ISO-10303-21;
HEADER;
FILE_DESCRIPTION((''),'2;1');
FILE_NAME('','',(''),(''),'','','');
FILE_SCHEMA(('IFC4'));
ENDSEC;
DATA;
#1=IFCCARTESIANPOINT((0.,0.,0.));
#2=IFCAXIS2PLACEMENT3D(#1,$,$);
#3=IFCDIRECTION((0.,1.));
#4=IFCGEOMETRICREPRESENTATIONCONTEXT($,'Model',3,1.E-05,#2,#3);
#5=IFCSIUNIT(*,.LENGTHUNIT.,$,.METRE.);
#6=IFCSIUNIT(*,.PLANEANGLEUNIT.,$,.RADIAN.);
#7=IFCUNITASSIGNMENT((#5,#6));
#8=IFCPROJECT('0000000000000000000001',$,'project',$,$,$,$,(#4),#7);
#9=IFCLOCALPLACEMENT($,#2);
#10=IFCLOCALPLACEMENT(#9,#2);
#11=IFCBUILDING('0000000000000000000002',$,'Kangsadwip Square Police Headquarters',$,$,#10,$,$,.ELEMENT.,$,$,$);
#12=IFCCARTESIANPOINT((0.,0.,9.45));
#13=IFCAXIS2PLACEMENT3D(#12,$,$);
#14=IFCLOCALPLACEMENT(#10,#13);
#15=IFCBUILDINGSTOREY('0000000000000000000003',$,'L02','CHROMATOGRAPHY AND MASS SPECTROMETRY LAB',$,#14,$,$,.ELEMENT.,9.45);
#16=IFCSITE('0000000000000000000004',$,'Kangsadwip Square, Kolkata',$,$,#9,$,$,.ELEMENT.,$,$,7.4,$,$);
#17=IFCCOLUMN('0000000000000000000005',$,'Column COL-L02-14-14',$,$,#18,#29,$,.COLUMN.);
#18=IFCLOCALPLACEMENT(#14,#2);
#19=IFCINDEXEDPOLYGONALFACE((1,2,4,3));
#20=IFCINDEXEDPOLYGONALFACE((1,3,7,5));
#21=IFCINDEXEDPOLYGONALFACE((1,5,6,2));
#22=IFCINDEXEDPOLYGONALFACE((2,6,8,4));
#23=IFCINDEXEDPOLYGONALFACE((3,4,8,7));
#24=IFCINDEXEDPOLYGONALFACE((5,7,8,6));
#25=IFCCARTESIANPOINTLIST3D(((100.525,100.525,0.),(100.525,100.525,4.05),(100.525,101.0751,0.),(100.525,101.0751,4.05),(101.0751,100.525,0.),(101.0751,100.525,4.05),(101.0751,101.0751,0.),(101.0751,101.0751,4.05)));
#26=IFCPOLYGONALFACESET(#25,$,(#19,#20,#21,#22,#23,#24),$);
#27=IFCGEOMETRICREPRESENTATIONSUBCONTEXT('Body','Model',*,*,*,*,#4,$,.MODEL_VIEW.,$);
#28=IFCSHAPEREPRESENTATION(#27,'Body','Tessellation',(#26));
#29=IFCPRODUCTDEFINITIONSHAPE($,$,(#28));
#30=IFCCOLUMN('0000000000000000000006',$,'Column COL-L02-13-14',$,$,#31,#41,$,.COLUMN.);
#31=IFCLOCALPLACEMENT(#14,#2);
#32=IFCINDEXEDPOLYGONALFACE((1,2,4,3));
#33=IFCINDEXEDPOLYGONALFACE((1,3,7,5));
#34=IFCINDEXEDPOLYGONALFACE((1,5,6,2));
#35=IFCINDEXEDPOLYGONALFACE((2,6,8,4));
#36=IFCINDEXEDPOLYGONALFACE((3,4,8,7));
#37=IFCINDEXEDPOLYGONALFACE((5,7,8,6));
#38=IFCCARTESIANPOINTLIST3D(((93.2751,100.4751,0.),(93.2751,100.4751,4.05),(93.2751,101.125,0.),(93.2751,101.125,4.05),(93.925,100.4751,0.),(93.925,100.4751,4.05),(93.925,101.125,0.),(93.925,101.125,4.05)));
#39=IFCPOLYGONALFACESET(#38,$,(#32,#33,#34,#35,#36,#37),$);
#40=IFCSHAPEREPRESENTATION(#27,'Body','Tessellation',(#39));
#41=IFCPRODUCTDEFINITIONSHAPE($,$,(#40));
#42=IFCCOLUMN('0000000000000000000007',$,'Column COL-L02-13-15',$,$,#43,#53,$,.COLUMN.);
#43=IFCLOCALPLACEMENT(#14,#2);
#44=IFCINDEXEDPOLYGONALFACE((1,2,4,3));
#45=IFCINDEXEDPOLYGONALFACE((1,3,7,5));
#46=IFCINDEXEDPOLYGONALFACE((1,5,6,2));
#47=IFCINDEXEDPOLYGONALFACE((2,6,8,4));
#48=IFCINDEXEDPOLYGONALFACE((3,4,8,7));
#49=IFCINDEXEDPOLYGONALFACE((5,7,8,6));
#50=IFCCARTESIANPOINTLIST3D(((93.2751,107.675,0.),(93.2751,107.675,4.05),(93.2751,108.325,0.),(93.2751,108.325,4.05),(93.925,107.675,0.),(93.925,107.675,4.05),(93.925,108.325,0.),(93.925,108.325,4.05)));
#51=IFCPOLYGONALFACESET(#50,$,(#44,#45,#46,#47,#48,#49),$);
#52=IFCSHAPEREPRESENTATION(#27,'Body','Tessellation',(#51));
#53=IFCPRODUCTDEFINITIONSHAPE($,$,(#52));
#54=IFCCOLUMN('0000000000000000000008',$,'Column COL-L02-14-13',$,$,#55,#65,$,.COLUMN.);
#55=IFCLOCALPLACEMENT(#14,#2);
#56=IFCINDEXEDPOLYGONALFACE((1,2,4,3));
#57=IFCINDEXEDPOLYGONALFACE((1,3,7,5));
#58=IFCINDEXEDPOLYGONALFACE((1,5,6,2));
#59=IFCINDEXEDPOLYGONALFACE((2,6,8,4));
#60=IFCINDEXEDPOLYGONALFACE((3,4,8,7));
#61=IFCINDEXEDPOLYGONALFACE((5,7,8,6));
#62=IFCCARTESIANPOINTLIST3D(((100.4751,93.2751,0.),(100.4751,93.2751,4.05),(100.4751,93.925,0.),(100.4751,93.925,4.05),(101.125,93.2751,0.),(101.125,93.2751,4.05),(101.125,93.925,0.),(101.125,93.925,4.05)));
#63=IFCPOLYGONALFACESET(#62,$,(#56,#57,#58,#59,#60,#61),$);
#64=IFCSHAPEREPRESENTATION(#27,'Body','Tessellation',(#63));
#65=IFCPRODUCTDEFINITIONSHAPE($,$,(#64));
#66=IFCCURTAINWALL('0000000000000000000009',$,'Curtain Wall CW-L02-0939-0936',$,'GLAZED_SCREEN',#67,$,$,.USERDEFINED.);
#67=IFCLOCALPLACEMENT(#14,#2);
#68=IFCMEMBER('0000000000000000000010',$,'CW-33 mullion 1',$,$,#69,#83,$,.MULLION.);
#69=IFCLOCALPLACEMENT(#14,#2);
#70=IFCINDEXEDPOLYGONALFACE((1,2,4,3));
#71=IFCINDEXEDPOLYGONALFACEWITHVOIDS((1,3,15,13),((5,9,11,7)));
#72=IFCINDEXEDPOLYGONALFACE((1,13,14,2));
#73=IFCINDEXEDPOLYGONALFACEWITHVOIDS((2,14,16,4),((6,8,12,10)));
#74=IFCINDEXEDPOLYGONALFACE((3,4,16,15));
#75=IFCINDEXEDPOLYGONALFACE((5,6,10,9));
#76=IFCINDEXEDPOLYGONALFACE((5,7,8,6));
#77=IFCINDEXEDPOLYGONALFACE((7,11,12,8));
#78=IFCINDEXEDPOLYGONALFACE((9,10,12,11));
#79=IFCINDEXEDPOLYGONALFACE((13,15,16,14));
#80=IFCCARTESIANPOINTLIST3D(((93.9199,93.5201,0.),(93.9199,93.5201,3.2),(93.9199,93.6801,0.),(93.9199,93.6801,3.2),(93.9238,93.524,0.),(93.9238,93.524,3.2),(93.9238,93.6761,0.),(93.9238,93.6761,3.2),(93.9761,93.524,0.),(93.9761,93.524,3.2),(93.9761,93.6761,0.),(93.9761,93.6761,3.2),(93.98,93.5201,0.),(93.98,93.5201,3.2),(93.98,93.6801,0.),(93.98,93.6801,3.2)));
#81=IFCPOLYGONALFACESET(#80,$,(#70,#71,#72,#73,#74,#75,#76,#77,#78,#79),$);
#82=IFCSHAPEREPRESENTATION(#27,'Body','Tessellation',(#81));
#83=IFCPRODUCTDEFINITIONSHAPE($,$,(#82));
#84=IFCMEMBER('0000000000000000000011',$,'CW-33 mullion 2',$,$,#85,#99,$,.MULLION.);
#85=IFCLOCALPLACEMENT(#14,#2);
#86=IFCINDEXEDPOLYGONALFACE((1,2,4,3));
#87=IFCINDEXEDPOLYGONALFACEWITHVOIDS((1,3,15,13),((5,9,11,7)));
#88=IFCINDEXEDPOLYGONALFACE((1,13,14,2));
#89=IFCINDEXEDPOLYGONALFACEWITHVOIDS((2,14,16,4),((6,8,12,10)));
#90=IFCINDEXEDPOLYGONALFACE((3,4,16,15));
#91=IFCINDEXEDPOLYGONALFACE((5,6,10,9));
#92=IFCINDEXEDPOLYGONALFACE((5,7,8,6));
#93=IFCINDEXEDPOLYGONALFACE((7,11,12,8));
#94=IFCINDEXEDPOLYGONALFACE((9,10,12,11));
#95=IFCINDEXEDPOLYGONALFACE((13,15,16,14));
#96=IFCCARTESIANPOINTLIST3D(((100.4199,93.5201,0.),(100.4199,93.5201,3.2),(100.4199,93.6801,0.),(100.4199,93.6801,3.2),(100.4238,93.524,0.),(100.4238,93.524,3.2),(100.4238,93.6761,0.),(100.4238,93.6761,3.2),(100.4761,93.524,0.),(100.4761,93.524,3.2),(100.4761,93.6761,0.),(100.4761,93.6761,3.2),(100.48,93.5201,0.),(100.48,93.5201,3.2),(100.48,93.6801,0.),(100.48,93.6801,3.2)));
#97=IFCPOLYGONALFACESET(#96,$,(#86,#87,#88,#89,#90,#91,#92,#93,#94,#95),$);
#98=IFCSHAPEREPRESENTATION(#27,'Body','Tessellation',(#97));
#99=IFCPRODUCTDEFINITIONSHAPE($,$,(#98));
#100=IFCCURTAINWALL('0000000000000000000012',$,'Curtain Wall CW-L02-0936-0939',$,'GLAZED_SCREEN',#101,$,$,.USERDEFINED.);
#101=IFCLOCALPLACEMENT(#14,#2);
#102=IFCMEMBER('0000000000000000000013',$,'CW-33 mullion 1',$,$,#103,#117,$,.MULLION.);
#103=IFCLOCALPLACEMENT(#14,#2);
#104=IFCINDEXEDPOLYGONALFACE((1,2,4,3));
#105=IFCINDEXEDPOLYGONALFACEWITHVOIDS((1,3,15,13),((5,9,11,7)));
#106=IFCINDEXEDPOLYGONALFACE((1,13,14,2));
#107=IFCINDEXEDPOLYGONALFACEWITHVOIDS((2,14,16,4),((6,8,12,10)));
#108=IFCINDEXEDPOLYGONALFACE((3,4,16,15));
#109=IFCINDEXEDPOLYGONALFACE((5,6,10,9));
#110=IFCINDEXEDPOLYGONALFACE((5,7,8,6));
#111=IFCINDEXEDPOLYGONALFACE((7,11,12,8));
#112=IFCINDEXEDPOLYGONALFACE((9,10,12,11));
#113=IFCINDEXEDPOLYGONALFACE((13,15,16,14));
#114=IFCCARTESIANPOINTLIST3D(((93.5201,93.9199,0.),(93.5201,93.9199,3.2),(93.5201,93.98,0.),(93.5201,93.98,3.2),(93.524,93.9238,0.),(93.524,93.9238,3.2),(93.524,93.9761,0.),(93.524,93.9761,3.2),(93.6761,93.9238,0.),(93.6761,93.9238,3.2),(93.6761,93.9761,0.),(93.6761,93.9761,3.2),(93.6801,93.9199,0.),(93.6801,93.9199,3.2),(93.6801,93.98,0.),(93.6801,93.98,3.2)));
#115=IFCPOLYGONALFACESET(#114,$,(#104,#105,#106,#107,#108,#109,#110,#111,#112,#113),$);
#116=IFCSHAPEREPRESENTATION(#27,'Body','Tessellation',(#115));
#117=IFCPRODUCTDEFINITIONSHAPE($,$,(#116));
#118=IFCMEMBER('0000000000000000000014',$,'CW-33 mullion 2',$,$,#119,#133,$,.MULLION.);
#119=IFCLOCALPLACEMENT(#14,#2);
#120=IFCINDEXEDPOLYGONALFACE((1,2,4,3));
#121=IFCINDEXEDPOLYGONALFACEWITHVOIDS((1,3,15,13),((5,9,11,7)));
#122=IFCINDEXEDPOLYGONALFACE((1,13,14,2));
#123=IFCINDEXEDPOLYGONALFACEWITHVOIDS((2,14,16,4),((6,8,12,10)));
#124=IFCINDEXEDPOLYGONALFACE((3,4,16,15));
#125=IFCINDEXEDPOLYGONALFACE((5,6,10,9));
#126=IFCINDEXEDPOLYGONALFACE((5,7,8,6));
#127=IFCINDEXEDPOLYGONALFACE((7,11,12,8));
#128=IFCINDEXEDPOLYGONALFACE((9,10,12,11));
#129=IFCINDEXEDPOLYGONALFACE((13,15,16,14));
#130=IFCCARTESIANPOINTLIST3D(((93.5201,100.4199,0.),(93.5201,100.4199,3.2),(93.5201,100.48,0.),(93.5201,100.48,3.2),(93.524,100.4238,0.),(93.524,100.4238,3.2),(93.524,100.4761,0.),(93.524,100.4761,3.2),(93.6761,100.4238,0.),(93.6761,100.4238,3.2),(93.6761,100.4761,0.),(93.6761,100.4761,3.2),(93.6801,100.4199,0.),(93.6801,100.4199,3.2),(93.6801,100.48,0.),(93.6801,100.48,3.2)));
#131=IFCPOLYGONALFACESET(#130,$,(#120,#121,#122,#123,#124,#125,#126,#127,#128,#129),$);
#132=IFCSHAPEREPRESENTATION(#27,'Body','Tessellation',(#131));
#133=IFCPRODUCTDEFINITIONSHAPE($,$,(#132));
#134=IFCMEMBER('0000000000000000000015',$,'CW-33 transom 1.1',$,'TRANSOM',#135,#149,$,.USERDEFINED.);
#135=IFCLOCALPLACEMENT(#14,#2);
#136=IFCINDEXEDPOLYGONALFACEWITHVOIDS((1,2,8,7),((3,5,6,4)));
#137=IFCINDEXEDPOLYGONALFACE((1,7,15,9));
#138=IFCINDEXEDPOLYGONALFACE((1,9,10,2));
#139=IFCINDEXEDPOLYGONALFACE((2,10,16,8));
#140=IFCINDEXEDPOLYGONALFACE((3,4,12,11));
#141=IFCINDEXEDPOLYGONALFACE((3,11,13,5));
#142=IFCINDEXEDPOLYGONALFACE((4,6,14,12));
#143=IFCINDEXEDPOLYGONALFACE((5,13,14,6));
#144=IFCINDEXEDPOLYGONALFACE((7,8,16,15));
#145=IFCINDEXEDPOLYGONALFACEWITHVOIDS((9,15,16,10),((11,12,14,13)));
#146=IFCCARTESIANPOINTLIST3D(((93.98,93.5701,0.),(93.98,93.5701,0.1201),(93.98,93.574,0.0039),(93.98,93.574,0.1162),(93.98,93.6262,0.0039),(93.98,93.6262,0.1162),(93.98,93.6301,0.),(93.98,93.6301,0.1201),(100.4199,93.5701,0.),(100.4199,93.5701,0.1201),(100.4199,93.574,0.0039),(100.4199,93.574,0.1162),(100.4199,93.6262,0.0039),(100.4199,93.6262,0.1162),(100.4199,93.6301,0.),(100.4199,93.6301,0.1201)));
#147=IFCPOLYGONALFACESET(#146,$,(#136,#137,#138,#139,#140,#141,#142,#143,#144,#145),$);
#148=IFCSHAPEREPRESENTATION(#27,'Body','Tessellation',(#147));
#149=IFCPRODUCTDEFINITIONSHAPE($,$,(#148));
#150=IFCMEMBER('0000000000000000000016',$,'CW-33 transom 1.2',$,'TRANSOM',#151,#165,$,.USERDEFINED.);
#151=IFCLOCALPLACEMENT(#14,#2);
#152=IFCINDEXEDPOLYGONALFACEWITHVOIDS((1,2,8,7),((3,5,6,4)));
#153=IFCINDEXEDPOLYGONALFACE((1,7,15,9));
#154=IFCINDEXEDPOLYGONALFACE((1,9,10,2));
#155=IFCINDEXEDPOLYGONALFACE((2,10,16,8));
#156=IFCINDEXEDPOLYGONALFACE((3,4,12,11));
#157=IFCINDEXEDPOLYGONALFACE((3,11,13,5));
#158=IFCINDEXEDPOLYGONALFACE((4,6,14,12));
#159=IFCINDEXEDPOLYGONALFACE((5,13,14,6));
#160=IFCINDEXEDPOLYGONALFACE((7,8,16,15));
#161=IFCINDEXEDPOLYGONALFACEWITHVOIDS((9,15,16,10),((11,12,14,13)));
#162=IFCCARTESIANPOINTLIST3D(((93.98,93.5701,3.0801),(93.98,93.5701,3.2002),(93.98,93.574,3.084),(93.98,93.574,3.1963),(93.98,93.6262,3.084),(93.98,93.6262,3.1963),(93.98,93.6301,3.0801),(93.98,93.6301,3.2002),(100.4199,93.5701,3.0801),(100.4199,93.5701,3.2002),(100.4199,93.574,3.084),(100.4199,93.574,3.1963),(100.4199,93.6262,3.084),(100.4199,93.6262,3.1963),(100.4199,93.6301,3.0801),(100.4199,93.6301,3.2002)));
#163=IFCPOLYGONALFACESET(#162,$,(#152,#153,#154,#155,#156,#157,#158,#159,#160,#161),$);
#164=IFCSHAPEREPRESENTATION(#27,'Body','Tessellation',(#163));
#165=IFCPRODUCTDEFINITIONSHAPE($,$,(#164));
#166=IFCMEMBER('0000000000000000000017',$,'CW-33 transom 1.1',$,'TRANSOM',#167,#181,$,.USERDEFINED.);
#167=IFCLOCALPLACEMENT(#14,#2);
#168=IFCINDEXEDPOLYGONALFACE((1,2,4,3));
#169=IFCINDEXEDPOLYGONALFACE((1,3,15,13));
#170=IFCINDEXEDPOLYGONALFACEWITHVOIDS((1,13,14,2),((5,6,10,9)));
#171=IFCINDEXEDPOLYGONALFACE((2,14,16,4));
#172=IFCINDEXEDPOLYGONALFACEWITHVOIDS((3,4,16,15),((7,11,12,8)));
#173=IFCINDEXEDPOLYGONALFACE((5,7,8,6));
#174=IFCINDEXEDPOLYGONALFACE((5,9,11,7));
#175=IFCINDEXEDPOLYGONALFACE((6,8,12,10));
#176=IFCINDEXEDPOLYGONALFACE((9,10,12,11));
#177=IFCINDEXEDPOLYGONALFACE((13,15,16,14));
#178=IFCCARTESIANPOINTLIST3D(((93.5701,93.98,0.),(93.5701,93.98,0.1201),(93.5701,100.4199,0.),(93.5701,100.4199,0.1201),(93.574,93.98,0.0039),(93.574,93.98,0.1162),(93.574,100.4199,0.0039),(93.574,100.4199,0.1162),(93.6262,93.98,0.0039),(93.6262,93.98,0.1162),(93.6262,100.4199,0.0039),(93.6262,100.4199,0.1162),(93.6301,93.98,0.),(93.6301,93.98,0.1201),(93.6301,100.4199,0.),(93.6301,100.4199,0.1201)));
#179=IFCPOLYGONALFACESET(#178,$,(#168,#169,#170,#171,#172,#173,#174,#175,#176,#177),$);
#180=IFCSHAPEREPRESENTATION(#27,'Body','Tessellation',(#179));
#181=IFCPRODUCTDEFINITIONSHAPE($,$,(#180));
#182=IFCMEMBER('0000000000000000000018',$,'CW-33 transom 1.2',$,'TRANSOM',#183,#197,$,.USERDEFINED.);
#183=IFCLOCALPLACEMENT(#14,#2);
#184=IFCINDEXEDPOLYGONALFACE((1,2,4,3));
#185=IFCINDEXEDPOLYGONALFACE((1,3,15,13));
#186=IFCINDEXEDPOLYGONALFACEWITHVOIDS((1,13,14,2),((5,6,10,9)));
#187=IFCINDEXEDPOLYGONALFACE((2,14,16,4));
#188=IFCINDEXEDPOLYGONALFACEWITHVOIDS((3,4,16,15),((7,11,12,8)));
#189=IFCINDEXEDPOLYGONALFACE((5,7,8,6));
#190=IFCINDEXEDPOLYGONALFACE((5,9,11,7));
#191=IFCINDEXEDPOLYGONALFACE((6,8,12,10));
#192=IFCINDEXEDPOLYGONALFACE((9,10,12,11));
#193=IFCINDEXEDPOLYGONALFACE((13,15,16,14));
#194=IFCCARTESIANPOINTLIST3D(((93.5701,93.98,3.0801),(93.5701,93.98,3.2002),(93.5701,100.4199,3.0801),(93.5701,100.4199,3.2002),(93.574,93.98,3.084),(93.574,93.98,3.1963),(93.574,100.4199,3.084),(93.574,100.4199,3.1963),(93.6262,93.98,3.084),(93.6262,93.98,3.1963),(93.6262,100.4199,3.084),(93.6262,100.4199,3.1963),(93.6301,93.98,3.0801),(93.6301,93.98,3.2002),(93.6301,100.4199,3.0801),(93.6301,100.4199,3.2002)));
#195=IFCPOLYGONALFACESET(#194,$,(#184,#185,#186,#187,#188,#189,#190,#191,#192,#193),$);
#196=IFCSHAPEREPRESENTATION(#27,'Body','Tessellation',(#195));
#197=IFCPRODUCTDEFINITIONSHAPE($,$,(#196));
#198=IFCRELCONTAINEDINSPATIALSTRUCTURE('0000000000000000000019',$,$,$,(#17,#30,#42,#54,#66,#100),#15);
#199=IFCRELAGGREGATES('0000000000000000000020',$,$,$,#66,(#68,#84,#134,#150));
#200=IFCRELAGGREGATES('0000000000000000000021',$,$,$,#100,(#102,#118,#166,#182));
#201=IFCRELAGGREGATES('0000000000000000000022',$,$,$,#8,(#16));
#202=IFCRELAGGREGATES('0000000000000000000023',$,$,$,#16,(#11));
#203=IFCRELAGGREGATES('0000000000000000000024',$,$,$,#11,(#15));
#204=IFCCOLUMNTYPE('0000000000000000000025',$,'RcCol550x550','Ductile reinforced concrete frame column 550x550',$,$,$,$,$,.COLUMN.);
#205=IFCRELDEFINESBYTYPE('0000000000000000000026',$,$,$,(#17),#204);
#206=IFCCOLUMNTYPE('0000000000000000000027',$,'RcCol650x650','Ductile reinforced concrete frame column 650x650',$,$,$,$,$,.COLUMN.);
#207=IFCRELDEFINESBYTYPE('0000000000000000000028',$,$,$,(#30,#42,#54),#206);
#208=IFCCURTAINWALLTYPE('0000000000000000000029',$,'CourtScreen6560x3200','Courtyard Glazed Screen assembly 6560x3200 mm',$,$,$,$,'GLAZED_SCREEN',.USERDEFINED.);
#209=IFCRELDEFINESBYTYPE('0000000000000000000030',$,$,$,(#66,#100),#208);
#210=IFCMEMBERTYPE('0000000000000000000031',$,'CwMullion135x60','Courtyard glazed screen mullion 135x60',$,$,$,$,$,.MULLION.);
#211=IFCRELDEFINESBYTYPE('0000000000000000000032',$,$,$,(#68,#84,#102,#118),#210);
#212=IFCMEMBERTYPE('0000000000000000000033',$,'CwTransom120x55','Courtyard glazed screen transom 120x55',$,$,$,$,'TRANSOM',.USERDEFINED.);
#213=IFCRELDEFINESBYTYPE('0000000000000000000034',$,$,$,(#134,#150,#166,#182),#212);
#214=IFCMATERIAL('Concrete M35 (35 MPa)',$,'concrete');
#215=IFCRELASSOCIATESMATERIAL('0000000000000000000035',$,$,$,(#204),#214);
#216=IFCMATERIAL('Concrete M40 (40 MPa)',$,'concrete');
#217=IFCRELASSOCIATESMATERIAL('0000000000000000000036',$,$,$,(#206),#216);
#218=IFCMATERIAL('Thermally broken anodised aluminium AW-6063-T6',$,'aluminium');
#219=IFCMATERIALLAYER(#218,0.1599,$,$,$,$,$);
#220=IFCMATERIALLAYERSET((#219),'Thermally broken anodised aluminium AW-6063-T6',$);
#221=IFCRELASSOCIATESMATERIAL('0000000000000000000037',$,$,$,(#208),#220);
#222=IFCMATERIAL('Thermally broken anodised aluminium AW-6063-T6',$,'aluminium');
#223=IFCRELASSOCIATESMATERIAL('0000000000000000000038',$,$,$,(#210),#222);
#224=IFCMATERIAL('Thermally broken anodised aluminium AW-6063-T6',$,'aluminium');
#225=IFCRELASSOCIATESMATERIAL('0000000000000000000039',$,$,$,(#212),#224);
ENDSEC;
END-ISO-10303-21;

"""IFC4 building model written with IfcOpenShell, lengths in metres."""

from ifc_helpers import new_model, si_unit, direction, frame, origin, origin_2d, place, context, subcontext, project, spatial, rectangle, hollow_rectangle, extrude, material, layer, layer_set, material_profile, profile_set, type_object, element, aggregate, save


model = new_model("IFC4")

# Units and contexts
model_context = context("Model", 3, precision=1e-05, world=origin(), true_north=direction((0.0, 1.0)))
body_context = subcontext(model_context, "Body", "Model", "MODEL_VIEW")
ifc_project = project(units=[si_unit("LENGTHUNIT", "METRE"), si_unit("PLANEANGLEUNIT", "RADIAN")], contexts=[model_context])

# Site, building, storey
site_placement = place(None, origin())
site = spatial("IfcSite", under=ifc_project, at=site_placement, Name="Kangsadwip Square, Kolkata", CompositionType="ELEMENT", RefElevation=7.4)
building_placement = place(site_placement, origin())
building = spatial("IfcBuilding", under=site, at=building_placement, Name="Kangsadwip Square Police Headquarters", CompositionType="ELEMENT")
storey_placement = place(building_placement, frame((0.0, 0.0, 9.45)))
storey = spatial("IfcBuildingStorey", under=building, at=storey_placement, Name="L02", Description="CHROMATOGRAPHY AND MASS SPECTROMETRY LAB", CompositionType="ELEMENT", Elevation=9.45)

# Columns
ifc_material_1 = material(Name="Concrete M35 (35 MPa)", Category="concrete")
ifc_material_profile_1 = material_profile(ifc_material_1, rectangle(XDim=0.55, YDim=0.55, at=origin_2d()), Name="RC COL 550X550")
ifc_profile_set_1 = profile_set([ifc_material_profile_1], Name="Concrete M35 (35 MPa)")
column_type_1 = type_object("IfcColumnType", Name="RcCol550x550", Description="Ductile reinforced concrete frame column 550x550", PredefinedType="COLUMN", material=ifc_profile_set_1)
column_placement = place(storey_placement, frame((100.8, 100.8, 0.0), z_axis=(0.0, 0.0, 1.0), x_axis=(1.0, 0.0, 0.0)))
element("IfcColumn", 1, at=column_placement, inside=storey, type_object=column_type_1, Name="Column COL-L02-14-14", PredefinedType="COLUMN", context=body_context, shape_type="SweptSolid", body=[
    extrude(rectangle(XDim=0.55, YDim=0.55, at=origin_2d()), origin(), (0.0, 0.0, 1.0), 4.05),
])
ifc_material_2 = material(Name="Concrete M40 (40 MPa)", Category="concrete")
ifc_material_profile_2 = material_profile(ifc_material_2, rectangle(XDim=0.6499, YDim=0.6499, at=origin_2d()), Name="RC COL 650X650")
ifc_profile_set_2 = profile_set([ifc_material_profile_2], Name="Concrete M40 (40 MPa)")
column_type_2 = type_object("IfcColumnType", Name="RcCol650x650", Description="Ductile reinforced concrete frame column 650x650", PredefinedType="COLUMN", material=ifc_profile_set_2)
for number, where, z_axis, x_axis, name in (
    (2, (93.6001, 100.8, 0.0), (0.0, 0.0, 1.0), (1.0, 0.0, 0.0), "Column COL-L02-13-14"),
    (3, (93.6001, 108.0, 0.0), (0.0, 0.0, 1.0), (1.0, 0.0, 0.0), "Column COL-L02-13-15"),
    (4, (100.8, 93.6001, 0.0), (0.0, 0.0, 1.0), (1.0, 0.0, 0.0), "Column COL-L02-14-13"),
):
    element("IfcColumn", number, at=place(storey_placement, frame(where, z_axis=z_axis, x_axis=x_axis)), inside=storey, type_object=column_type_2, Name=name, PredefinedType="COLUMN", context=body_context, shape_type="SweptSolid", body=[
        extrude(rectangle(XDim=0.6499, YDim=0.6499, at=origin_2d()), origin(), (0.0, 0.0, 1.0), 4.05),
    ])

# Curtain walls, members
ifc_material_3 = material(Name="Thermally broken anodised aluminium AW-6063-T6", Category="aluminium")
ifc_layer_1 = layer(ifc_material_3, 0.1599)
ifc_layer_set_1 = layer_set([ifc_layer_1], Name="Thermally broken anodised aluminium AW-6063-T6")
curtain_wall_type = type_object("IfcCurtainWallType", Name="CourtScreen6560x3200", Description="Courtyard Glazed Screen assembly 6560x3200 mm", ElementType="GLAZED_SCREEN", PredefinedType="USERDEFINED", material=ifc_layer_set_1)
curtain_wall_1_placement = place(storey_placement, origin())
curtain_wall_1 = element("IfcCurtainWall", 5, at=curtain_wall_1_placement, inside=storey, type_object=curtain_wall_type, Name="Curtain Wall CW-L02-0939-0936", ObjectType="GLAZED_SCREEN", PredefinedType="USERDEFINED")
ifc_material_4 = material(Name="Thermally broken anodised aluminium AW-6063-T6", Category="aluminium")
ifc_material_profile_3 = material_profile(ifc_material_4, hollow_rectangle(XDim=0.0601, YDim=0.1599, WallThickness=0.0039, at=origin_2d()), Name="CWM 160X60X4")
ifc_profile_set_3 = profile_set([ifc_material_profile_3], Name="Thermally broken anodised aluminium AW-6063-T6")
member_type_1 = type_object("IfcMemberType", Name="CwMullion135x60", Description="Courtyard glazed screen mullion 135x60", PredefinedType="MULLION", material=ifc_profile_set_3)
member_1_placement = place(storey_placement, frame((93.95, 93.6001, 0.0), z_axis=(0.0, 0.0, 1.0), x_axis=(1.0, 0.0, 0.0)))
member_1 = element("IfcMember", 6, at=member_1_placement, type_object=member_type_1, Name="CW-33 mullion 1", PredefinedType="MULLION", context=body_context, shape_type="SweptSolid", body=[
    extrude(hollow_rectangle(XDim=0.0601, YDim=0.1599, WallThickness=0.0039, at=origin_2d()), origin(), (0.0, 0.0, 1.0), 3.2),
])
member_2_placement = place(storey_placement, frame((100.45, 93.6001, 0.0), z_axis=(0.0, 0.0, 1.0), x_axis=(1.0, 0.0, 0.0)))
member_2 = element("IfcMember", 7, at=member_2_placement, type_object=member_type_1, Name="CW-33 mullion 2", PredefinedType="MULLION", context=body_context, shape_type="SweptSolid", body=[
    extrude(hollow_rectangle(XDim=0.0601, YDim=0.1599, WallThickness=0.0039, at=origin_2d()), origin(), (0.0, 0.0, 1.0), 3.2),
])
curtain_wall_2_placement = place(storey_placement, origin())
curtain_wall_2 = element("IfcCurtainWall", 8, at=curtain_wall_2_placement, inside=storey, type_object=curtain_wall_type, Name="Curtain Wall CW-L02-0936-0939", ObjectType="GLAZED_SCREEN", PredefinedType="USERDEFINED")
member_3_placement = place(storey_placement, frame((93.6001, 93.95, 0.0), z_axis=(0.0, 0.0, 1.0), x_axis=(0.0, 1.0, 0.0)))
member_3 = element("IfcMember", 9, at=member_3_placement, type_object=member_type_1, Name="CW-33 mullion 1", PredefinedType="MULLION", context=body_context, shape_type="SweptSolid", body=[
    extrude(hollow_rectangle(XDim=0.0601, YDim=0.1599, WallThickness=0.0039, at=origin_2d()), origin(), (0.0, 0.0, 1.0), 3.2),
])
member_4_placement = place(storey_placement, frame((93.6001, 100.45, 0.0), z_axis=(0.0, 0.0, 1.0), x_axis=(0.0, 1.0, 0.0)))
member_4 = element("IfcMember", 10, at=member_4_placement, type_object=member_type_1, Name="CW-33 mullion 2", PredefinedType="MULLION", context=body_context, shape_type="SweptSolid", body=[
    extrude(hollow_rectangle(XDim=0.0601, YDim=0.1599, WallThickness=0.0039, at=origin_2d()), origin(), (0.0, 0.0, 1.0), 3.2),
])

# Members
ifc_material_5 = material(Name="Thermally broken anodised aluminium AW-6063-T6", Category="aluminium")
ifc_material_profile_4 = material_profile(ifc_material_5, hollow_rectangle(XDim=0.0601, YDim=0.1201, WallThickness=0.0039, at=origin_2d()), Name="CWT 120X60X4")
ifc_profile_set_4 = profile_set([ifc_material_profile_4], Name="Thermally broken anodised aluminium AW-6063-T6")
member_type_2 = type_object("IfcMemberType", Name="CwTransom120x55", Description="Courtyard glazed screen transom 120x55", ElementType="TRANSOM", PredefinedType="USERDEFINED", material=ifc_profile_set_4)
member_5_placement = place(storey_placement, frame((93.98, 93.6001, 0.0601), z_axis=(1.0, 0.0, 0.0), x_axis=(0.0, 1.0, 0.0)))
member_5 = element("IfcMember", 11, at=member_5_placement, type_object=member_type_2, Name="CW-33 transom 1.1", ObjectType="TRANSOM", PredefinedType="USERDEFINED", context=body_context, shape_type="SweptSolid", body=[
    extrude(hollow_rectangle(XDim=0.0601, YDim=0.1201, WallThickness=0.0039, at=origin_2d()), origin(), (0.0, 0.0, 1.0), 6.4399),
])
member_6_placement = place(storey_placement, frame((93.98, 93.6001, 3.1401), z_axis=(1.0, 0.0, 0.0), x_axis=(0.0, 1.0, 0.0)))
member_6 = element("IfcMember", 12, at=member_6_placement, type_object=member_type_2, Name="CW-33 transom 1.2", ObjectType="TRANSOM", PredefinedType="USERDEFINED", context=body_context, shape_type="SweptSolid", body=[
    extrude(hollow_rectangle(XDim=0.0601, YDim=0.1201, WallThickness=0.0039, at=origin_2d()), origin(), (0.0, 0.0, 1.0), 6.4399),
])
member_7_placement = place(storey_placement, frame((93.6001, 93.98, 0.0601), z_axis=(0.0, 1.0, 0.0), x_axis=(-1.0, 0.0, 0.0)))
member_7 = element("IfcMember", 13, at=member_7_placement, type_object=member_type_2, Name="CW-33 transom 1.1", ObjectType="TRANSOM", PredefinedType="USERDEFINED", context=body_context, shape_type="SweptSolid", body=[
    extrude(hollow_rectangle(XDim=0.0601, YDim=0.1201, WallThickness=0.0039, at=origin_2d()), origin(), (0.0, 0.0, 1.0), 6.4399),
])
member_8_placement = place(storey_placement, frame((93.6001, 93.98, 3.1401), z_axis=(0.0, 1.0, 0.0), x_axis=(-1.0, 0.0, 0.0)))
member_8 = element("IfcMember", 14, at=member_8_placement, type_object=member_type_2, Name="CW-33 transom 1.2", ObjectType="TRANSOM", PredefinedType="USERDEFINED", context=body_context, shape_type="SweptSolid", body=[
    extrude(hollow_rectangle(XDim=0.0601, YDim=0.1201, WallThickness=0.0039, at=origin_2d()), origin(), (0.0, 0.0, 1.0), 6.4399),
])

aggregate(curtain_wall_1, [member_1, member_2, member_5, member_6])
aggregate(curtain_wall_2, [member_3, member_4, member_7, member_8])

save(model, "model.ifc")
